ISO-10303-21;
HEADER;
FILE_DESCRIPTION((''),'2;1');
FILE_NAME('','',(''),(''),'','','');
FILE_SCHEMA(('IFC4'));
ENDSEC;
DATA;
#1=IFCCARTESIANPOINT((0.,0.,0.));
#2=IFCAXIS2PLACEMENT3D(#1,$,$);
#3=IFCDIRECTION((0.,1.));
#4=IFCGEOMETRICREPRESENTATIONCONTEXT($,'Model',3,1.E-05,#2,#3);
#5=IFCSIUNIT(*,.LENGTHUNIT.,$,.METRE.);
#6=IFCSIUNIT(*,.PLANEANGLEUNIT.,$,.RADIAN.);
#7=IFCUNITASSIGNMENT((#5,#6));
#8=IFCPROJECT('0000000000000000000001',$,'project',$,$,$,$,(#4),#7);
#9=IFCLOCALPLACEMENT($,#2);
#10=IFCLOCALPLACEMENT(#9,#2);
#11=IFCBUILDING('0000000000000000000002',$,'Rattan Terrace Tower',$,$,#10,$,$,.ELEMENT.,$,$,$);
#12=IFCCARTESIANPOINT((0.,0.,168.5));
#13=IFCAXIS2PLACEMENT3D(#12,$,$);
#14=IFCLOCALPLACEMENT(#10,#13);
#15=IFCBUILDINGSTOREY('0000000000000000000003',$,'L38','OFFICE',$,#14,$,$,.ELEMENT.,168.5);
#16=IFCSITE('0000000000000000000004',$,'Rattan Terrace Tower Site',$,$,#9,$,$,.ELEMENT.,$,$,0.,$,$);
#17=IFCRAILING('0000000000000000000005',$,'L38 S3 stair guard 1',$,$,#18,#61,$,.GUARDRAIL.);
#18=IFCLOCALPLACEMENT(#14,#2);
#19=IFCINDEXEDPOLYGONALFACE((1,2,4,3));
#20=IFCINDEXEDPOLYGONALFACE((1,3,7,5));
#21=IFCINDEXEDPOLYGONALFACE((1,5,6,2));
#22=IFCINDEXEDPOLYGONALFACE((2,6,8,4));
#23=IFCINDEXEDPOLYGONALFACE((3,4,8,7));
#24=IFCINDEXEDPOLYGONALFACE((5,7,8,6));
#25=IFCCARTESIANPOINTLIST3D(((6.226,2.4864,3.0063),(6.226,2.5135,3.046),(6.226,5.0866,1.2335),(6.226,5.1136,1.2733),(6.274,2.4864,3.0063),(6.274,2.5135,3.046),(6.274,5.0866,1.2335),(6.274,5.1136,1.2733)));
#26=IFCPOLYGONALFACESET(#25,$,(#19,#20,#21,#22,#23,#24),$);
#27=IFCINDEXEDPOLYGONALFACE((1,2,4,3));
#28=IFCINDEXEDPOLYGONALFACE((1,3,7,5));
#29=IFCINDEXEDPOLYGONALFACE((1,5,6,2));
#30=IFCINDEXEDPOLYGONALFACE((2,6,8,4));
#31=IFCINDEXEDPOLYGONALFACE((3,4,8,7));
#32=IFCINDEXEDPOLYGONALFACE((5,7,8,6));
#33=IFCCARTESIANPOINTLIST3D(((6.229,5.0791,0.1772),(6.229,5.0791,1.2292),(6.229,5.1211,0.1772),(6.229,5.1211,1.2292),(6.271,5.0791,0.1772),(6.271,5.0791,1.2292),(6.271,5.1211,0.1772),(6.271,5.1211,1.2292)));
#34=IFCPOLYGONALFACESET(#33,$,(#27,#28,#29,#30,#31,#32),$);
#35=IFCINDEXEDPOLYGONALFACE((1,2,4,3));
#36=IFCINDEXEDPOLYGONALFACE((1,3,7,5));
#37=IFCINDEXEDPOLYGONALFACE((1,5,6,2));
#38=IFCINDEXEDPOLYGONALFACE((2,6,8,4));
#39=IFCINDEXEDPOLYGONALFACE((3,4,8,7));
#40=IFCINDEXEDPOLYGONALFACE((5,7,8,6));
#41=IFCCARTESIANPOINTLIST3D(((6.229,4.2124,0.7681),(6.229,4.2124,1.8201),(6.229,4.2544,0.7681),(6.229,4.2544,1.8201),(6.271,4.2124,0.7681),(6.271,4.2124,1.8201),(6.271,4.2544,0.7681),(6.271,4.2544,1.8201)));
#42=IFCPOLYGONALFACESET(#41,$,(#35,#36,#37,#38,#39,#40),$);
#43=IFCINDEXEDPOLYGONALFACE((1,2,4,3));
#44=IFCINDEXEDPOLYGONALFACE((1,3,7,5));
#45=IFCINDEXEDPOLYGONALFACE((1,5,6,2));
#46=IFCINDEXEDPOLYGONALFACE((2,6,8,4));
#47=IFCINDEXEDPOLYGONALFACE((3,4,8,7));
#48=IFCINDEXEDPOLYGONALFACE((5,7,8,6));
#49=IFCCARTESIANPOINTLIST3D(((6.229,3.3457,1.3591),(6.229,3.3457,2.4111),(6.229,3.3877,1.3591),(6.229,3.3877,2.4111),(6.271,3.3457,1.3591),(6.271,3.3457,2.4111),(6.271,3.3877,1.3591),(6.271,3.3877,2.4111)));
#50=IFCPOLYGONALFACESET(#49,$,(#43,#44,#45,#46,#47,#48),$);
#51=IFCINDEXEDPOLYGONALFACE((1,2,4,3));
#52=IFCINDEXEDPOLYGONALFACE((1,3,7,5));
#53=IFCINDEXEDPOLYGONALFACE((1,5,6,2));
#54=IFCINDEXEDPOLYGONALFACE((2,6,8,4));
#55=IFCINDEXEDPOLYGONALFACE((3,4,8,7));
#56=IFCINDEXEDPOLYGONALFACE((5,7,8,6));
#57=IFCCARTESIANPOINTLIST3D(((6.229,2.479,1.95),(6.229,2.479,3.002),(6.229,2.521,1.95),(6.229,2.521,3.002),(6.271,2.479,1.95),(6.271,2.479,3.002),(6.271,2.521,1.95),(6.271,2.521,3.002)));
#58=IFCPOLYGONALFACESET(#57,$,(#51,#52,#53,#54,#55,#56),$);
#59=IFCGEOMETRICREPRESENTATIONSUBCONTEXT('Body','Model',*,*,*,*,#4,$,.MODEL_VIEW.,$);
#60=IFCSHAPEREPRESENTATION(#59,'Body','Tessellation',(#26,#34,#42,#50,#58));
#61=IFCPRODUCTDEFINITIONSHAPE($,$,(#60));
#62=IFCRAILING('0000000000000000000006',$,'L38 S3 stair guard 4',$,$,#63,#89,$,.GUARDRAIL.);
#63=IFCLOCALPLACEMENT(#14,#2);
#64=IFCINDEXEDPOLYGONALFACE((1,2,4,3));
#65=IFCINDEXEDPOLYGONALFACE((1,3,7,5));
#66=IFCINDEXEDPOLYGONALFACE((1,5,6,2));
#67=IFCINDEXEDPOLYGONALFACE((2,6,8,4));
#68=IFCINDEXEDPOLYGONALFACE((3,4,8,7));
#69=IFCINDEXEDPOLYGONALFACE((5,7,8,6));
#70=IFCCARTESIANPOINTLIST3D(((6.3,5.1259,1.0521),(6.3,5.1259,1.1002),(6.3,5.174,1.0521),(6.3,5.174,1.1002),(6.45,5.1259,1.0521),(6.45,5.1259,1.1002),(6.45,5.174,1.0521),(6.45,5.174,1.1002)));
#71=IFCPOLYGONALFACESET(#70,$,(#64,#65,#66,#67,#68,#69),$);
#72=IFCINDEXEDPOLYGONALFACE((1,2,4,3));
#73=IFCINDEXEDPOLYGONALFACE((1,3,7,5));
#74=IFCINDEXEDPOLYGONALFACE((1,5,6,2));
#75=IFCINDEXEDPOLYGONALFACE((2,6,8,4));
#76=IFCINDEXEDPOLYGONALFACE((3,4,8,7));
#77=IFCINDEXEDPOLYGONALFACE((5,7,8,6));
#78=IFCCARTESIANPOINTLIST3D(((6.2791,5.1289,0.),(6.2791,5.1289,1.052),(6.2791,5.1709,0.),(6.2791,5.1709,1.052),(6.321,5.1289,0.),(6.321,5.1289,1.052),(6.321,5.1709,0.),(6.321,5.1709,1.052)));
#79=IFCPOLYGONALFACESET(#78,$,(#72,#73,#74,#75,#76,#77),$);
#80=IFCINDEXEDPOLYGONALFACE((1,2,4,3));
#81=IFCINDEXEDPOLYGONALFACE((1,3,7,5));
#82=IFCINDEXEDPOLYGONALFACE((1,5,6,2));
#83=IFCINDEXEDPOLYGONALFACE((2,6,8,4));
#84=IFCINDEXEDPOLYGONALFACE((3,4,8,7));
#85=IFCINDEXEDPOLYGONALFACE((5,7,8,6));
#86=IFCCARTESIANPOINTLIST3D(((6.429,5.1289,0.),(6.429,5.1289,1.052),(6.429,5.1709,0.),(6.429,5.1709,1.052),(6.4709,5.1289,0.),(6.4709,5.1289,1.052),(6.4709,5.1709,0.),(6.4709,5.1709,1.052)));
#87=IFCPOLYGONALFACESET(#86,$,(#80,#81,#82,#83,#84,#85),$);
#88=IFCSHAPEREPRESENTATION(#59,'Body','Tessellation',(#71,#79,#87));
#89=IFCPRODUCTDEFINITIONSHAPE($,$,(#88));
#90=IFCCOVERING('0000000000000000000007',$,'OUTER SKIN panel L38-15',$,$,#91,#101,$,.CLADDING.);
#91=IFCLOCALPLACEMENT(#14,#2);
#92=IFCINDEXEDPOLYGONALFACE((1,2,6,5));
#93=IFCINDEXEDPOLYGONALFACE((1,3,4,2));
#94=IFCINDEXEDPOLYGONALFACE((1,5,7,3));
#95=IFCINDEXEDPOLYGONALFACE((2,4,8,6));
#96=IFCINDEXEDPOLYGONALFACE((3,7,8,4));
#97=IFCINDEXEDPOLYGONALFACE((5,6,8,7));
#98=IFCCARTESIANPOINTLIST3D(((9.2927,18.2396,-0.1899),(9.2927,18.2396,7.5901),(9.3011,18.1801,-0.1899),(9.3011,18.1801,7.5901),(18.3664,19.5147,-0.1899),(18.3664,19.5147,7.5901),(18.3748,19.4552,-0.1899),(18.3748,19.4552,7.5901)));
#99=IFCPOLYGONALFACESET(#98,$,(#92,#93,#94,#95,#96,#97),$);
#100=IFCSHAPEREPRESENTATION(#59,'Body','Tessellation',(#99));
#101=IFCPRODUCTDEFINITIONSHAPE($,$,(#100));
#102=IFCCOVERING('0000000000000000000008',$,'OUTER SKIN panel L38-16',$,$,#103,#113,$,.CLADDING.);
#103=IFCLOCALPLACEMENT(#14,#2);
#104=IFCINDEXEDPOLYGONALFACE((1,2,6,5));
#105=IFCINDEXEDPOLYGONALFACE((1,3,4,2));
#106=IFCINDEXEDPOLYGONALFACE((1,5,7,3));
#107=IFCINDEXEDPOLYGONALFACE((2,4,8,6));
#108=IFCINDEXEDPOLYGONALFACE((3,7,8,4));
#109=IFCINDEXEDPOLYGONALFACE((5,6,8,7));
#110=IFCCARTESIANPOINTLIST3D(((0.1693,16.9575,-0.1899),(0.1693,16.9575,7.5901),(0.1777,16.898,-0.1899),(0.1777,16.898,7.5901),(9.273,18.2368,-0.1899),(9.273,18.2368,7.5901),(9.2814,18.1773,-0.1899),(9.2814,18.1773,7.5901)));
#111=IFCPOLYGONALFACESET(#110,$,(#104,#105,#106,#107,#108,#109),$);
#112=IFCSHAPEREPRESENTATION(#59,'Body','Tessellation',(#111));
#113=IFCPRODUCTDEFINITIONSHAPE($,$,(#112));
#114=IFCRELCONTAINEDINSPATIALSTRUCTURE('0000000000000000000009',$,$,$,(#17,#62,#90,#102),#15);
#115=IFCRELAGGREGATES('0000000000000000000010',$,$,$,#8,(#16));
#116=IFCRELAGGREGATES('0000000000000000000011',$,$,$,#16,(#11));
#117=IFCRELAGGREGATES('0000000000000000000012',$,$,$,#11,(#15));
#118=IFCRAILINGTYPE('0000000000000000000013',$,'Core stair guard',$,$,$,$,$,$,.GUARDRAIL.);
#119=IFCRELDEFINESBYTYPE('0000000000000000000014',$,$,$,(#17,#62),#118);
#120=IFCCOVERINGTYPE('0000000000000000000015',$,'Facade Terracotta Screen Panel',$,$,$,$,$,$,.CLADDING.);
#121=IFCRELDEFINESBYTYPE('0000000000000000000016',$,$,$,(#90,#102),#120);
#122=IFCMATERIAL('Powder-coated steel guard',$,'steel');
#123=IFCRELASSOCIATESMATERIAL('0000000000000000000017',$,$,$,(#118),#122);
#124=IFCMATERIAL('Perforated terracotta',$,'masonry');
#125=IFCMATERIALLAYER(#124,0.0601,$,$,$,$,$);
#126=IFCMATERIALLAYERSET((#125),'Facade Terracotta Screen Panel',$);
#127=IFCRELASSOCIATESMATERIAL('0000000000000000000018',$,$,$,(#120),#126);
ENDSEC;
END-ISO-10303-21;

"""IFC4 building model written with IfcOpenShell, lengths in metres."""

from ifc_helpers import new_model, si_unit, direction, frame, origin, origin_2d, place, context, subcontext, project, spatial, rectangle, extrude, material, layer, layer_set, type_object, element, save


model = new_model("IFC4")

# Units and contexts
model_context = context("Model", 3, precision=1e-05, world=origin(), true_north=direction((0.0, 1.0)))
body_context = subcontext(model_context, "Body", "Model", "MODEL_VIEW")
ifc_project = project(units=[si_unit("LENGTHUNIT", "METRE"), si_unit("PLANEANGLEUNIT", "RADIAN")], contexts=[model_context])

# Site, building, storey
site_placement = place(None, origin())
site = spatial("IfcSite", under=ifc_project, at=site_placement, Name="Rattan Terrace Tower Site", CompositionType="ELEMENT", RefElevation=0.0)
building_placement = place(site_placement, origin())
building = spatial("IfcBuilding", under=site, at=building_placement, Name="Rattan Terrace Tower", CompositionType="ELEMENT")
storey_placement = place(building_placement, frame((0.0, 0.0, 168.5)))
storey = spatial("IfcBuildingStorey", under=building, at=storey_placement, Name="L38", Description="OFFICE", CompositionType="ELEMENT", Elevation=168.5)

# Railings
ifc_material_1 = material(Name="Powder-coated steel guard", Category="steel")
railing_type = type_object("IfcRailingType", Name="Core stair guard", PredefinedType="GUARDRAIL", material=ifc_material_1)
railing_1_placement = place(storey_placement, frame((6.25, 5.1001, 0.1772)))
element("IfcRailing", 1, at=railing_1_placement, inside=storey, type_object=railing_type, Name="L38 S3 stair guard 1", PredefinedType="GUARDRAIL", context=body_context, shape_type="SweptSolid", body=[
    extrude(rectangle(XDim=0.0481, YDim=0.0481, at=origin_2d()), frame((0.0, 0.0, 1.0762), z_axis=(0.0, -0.82624, 0.563318), x_axis=(1.0, 0.0, 0.0)), (0.0, 0.0, 1.0), 3.147),
    extrude(rectangle(XDim=0.042, YDim=0.042, at=origin_2d()), origin(), (0.0, 0.0, 1.0), 1.052),
    extrude(rectangle(XDim=0.042, YDim=0.042, at=origin_2d()), frame((0.0, -0.8667, 0.5908)), (0.0, 0.0, 1.0), 1.052),
    extrude(rectangle(XDim=0.042, YDim=0.042, at=origin_2d()), frame((0.0, -1.7334, 1.1819)), (0.0, 0.0, 1.0), 1.052),
    extrude(rectangle(XDim=0.042, YDim=0.042, at=origin_2d()), frame((0.0, -2.6001, 1.7727)), (0.0, 0.0, 1.0), 1.052),
])
railing_2_placement = place(storey_placement, frame((6.3, 5.1499, 0.0)))
element("IfcRailing", 2, at=railing_2_placement, inside=storey, type_object=railing_type, Name="L38 S3 stair guard 4", PredefinedType="GUARDRAIL", context=body_context, shape_type="SweptSolid", body=[
    extrude(rectangle(XDim=0.0481, YDim=0.0481, at=origin_2d()), frame((0.0, 0.0, 1.0762), z_axis=(1.0, 0.0, 0.0), x_axis=(0.0, 1.0, 0.0)), (0.0, 0.0, 1.0), 0.1499),
    extrude(rectangle(XDim=0.042, YDim=0.042, at=origin_2d()), origin(), (0.0, 0.0, 1.0), 1.052),
    extrude(rectangle(XDim=0.042, YDim=0.042, at=origin_2d()), frame((0.1499, 0.0, 0.0)), (0.0, 0.0, 1.0), 1.052),
])

# Coverings
ifc_material_2 = material(Name="Perforated terracotta", Category="masonry")
ifc_layer_1 = layer(ifc_material_2, 0.0601)
ifc_layer_set_1 = layer_set([ifc_layer_1], Name="Facade Terracotta Screen Panel")
covering_type = type_object("IfcCoveringType", Name="Facade Terracotta Screen Panel", PredefinedType="CLADDING", material=ifc_layer_set_1)
covering_1_placement = place(storey_placement, frame((13.8337, 18.8474, -0.1899), z_axis=(0.0, 0.0, 1.0), x_axis=(-0.99027, -0.139161, 0.0)))
element("IfcCovering", 3, at=covering_1_placement, inside=storey, type_object=covering_type, Name="OUTER SKIN panel L38-15", PredefinedType="CLADDING", context=body_context, shape_type="SweptSolid", body=[
    extrude(rectangle(XDim=9.1628, YDim=0.0601, at=origin_2d()), origin(), (0.0, 0.0, 1.0), 7.78),
])
covering_2_placement = place(storey_placement, frame((4.7253, 17.5674, -0.1899), z_axis=(0.0, 0.0, 1.0), x_axis=(-0.99027, -0.139161, 0.0)))
element("IfcCovering", 4, at=covering_2_placement, inside=storey, type_object=covering_type, Name="OUTER SKIN panel L38-16", PredefinedType="CLADDING", context=body_context, shape_type="SweptSolid", body=[
    extrude(rectangle(XDim=9.1931, YDim=0.0601, at=origin_2d()), origin(), (0.0, 0.0, 1.0), 7.78),
])

save(model, "model.ifc")
